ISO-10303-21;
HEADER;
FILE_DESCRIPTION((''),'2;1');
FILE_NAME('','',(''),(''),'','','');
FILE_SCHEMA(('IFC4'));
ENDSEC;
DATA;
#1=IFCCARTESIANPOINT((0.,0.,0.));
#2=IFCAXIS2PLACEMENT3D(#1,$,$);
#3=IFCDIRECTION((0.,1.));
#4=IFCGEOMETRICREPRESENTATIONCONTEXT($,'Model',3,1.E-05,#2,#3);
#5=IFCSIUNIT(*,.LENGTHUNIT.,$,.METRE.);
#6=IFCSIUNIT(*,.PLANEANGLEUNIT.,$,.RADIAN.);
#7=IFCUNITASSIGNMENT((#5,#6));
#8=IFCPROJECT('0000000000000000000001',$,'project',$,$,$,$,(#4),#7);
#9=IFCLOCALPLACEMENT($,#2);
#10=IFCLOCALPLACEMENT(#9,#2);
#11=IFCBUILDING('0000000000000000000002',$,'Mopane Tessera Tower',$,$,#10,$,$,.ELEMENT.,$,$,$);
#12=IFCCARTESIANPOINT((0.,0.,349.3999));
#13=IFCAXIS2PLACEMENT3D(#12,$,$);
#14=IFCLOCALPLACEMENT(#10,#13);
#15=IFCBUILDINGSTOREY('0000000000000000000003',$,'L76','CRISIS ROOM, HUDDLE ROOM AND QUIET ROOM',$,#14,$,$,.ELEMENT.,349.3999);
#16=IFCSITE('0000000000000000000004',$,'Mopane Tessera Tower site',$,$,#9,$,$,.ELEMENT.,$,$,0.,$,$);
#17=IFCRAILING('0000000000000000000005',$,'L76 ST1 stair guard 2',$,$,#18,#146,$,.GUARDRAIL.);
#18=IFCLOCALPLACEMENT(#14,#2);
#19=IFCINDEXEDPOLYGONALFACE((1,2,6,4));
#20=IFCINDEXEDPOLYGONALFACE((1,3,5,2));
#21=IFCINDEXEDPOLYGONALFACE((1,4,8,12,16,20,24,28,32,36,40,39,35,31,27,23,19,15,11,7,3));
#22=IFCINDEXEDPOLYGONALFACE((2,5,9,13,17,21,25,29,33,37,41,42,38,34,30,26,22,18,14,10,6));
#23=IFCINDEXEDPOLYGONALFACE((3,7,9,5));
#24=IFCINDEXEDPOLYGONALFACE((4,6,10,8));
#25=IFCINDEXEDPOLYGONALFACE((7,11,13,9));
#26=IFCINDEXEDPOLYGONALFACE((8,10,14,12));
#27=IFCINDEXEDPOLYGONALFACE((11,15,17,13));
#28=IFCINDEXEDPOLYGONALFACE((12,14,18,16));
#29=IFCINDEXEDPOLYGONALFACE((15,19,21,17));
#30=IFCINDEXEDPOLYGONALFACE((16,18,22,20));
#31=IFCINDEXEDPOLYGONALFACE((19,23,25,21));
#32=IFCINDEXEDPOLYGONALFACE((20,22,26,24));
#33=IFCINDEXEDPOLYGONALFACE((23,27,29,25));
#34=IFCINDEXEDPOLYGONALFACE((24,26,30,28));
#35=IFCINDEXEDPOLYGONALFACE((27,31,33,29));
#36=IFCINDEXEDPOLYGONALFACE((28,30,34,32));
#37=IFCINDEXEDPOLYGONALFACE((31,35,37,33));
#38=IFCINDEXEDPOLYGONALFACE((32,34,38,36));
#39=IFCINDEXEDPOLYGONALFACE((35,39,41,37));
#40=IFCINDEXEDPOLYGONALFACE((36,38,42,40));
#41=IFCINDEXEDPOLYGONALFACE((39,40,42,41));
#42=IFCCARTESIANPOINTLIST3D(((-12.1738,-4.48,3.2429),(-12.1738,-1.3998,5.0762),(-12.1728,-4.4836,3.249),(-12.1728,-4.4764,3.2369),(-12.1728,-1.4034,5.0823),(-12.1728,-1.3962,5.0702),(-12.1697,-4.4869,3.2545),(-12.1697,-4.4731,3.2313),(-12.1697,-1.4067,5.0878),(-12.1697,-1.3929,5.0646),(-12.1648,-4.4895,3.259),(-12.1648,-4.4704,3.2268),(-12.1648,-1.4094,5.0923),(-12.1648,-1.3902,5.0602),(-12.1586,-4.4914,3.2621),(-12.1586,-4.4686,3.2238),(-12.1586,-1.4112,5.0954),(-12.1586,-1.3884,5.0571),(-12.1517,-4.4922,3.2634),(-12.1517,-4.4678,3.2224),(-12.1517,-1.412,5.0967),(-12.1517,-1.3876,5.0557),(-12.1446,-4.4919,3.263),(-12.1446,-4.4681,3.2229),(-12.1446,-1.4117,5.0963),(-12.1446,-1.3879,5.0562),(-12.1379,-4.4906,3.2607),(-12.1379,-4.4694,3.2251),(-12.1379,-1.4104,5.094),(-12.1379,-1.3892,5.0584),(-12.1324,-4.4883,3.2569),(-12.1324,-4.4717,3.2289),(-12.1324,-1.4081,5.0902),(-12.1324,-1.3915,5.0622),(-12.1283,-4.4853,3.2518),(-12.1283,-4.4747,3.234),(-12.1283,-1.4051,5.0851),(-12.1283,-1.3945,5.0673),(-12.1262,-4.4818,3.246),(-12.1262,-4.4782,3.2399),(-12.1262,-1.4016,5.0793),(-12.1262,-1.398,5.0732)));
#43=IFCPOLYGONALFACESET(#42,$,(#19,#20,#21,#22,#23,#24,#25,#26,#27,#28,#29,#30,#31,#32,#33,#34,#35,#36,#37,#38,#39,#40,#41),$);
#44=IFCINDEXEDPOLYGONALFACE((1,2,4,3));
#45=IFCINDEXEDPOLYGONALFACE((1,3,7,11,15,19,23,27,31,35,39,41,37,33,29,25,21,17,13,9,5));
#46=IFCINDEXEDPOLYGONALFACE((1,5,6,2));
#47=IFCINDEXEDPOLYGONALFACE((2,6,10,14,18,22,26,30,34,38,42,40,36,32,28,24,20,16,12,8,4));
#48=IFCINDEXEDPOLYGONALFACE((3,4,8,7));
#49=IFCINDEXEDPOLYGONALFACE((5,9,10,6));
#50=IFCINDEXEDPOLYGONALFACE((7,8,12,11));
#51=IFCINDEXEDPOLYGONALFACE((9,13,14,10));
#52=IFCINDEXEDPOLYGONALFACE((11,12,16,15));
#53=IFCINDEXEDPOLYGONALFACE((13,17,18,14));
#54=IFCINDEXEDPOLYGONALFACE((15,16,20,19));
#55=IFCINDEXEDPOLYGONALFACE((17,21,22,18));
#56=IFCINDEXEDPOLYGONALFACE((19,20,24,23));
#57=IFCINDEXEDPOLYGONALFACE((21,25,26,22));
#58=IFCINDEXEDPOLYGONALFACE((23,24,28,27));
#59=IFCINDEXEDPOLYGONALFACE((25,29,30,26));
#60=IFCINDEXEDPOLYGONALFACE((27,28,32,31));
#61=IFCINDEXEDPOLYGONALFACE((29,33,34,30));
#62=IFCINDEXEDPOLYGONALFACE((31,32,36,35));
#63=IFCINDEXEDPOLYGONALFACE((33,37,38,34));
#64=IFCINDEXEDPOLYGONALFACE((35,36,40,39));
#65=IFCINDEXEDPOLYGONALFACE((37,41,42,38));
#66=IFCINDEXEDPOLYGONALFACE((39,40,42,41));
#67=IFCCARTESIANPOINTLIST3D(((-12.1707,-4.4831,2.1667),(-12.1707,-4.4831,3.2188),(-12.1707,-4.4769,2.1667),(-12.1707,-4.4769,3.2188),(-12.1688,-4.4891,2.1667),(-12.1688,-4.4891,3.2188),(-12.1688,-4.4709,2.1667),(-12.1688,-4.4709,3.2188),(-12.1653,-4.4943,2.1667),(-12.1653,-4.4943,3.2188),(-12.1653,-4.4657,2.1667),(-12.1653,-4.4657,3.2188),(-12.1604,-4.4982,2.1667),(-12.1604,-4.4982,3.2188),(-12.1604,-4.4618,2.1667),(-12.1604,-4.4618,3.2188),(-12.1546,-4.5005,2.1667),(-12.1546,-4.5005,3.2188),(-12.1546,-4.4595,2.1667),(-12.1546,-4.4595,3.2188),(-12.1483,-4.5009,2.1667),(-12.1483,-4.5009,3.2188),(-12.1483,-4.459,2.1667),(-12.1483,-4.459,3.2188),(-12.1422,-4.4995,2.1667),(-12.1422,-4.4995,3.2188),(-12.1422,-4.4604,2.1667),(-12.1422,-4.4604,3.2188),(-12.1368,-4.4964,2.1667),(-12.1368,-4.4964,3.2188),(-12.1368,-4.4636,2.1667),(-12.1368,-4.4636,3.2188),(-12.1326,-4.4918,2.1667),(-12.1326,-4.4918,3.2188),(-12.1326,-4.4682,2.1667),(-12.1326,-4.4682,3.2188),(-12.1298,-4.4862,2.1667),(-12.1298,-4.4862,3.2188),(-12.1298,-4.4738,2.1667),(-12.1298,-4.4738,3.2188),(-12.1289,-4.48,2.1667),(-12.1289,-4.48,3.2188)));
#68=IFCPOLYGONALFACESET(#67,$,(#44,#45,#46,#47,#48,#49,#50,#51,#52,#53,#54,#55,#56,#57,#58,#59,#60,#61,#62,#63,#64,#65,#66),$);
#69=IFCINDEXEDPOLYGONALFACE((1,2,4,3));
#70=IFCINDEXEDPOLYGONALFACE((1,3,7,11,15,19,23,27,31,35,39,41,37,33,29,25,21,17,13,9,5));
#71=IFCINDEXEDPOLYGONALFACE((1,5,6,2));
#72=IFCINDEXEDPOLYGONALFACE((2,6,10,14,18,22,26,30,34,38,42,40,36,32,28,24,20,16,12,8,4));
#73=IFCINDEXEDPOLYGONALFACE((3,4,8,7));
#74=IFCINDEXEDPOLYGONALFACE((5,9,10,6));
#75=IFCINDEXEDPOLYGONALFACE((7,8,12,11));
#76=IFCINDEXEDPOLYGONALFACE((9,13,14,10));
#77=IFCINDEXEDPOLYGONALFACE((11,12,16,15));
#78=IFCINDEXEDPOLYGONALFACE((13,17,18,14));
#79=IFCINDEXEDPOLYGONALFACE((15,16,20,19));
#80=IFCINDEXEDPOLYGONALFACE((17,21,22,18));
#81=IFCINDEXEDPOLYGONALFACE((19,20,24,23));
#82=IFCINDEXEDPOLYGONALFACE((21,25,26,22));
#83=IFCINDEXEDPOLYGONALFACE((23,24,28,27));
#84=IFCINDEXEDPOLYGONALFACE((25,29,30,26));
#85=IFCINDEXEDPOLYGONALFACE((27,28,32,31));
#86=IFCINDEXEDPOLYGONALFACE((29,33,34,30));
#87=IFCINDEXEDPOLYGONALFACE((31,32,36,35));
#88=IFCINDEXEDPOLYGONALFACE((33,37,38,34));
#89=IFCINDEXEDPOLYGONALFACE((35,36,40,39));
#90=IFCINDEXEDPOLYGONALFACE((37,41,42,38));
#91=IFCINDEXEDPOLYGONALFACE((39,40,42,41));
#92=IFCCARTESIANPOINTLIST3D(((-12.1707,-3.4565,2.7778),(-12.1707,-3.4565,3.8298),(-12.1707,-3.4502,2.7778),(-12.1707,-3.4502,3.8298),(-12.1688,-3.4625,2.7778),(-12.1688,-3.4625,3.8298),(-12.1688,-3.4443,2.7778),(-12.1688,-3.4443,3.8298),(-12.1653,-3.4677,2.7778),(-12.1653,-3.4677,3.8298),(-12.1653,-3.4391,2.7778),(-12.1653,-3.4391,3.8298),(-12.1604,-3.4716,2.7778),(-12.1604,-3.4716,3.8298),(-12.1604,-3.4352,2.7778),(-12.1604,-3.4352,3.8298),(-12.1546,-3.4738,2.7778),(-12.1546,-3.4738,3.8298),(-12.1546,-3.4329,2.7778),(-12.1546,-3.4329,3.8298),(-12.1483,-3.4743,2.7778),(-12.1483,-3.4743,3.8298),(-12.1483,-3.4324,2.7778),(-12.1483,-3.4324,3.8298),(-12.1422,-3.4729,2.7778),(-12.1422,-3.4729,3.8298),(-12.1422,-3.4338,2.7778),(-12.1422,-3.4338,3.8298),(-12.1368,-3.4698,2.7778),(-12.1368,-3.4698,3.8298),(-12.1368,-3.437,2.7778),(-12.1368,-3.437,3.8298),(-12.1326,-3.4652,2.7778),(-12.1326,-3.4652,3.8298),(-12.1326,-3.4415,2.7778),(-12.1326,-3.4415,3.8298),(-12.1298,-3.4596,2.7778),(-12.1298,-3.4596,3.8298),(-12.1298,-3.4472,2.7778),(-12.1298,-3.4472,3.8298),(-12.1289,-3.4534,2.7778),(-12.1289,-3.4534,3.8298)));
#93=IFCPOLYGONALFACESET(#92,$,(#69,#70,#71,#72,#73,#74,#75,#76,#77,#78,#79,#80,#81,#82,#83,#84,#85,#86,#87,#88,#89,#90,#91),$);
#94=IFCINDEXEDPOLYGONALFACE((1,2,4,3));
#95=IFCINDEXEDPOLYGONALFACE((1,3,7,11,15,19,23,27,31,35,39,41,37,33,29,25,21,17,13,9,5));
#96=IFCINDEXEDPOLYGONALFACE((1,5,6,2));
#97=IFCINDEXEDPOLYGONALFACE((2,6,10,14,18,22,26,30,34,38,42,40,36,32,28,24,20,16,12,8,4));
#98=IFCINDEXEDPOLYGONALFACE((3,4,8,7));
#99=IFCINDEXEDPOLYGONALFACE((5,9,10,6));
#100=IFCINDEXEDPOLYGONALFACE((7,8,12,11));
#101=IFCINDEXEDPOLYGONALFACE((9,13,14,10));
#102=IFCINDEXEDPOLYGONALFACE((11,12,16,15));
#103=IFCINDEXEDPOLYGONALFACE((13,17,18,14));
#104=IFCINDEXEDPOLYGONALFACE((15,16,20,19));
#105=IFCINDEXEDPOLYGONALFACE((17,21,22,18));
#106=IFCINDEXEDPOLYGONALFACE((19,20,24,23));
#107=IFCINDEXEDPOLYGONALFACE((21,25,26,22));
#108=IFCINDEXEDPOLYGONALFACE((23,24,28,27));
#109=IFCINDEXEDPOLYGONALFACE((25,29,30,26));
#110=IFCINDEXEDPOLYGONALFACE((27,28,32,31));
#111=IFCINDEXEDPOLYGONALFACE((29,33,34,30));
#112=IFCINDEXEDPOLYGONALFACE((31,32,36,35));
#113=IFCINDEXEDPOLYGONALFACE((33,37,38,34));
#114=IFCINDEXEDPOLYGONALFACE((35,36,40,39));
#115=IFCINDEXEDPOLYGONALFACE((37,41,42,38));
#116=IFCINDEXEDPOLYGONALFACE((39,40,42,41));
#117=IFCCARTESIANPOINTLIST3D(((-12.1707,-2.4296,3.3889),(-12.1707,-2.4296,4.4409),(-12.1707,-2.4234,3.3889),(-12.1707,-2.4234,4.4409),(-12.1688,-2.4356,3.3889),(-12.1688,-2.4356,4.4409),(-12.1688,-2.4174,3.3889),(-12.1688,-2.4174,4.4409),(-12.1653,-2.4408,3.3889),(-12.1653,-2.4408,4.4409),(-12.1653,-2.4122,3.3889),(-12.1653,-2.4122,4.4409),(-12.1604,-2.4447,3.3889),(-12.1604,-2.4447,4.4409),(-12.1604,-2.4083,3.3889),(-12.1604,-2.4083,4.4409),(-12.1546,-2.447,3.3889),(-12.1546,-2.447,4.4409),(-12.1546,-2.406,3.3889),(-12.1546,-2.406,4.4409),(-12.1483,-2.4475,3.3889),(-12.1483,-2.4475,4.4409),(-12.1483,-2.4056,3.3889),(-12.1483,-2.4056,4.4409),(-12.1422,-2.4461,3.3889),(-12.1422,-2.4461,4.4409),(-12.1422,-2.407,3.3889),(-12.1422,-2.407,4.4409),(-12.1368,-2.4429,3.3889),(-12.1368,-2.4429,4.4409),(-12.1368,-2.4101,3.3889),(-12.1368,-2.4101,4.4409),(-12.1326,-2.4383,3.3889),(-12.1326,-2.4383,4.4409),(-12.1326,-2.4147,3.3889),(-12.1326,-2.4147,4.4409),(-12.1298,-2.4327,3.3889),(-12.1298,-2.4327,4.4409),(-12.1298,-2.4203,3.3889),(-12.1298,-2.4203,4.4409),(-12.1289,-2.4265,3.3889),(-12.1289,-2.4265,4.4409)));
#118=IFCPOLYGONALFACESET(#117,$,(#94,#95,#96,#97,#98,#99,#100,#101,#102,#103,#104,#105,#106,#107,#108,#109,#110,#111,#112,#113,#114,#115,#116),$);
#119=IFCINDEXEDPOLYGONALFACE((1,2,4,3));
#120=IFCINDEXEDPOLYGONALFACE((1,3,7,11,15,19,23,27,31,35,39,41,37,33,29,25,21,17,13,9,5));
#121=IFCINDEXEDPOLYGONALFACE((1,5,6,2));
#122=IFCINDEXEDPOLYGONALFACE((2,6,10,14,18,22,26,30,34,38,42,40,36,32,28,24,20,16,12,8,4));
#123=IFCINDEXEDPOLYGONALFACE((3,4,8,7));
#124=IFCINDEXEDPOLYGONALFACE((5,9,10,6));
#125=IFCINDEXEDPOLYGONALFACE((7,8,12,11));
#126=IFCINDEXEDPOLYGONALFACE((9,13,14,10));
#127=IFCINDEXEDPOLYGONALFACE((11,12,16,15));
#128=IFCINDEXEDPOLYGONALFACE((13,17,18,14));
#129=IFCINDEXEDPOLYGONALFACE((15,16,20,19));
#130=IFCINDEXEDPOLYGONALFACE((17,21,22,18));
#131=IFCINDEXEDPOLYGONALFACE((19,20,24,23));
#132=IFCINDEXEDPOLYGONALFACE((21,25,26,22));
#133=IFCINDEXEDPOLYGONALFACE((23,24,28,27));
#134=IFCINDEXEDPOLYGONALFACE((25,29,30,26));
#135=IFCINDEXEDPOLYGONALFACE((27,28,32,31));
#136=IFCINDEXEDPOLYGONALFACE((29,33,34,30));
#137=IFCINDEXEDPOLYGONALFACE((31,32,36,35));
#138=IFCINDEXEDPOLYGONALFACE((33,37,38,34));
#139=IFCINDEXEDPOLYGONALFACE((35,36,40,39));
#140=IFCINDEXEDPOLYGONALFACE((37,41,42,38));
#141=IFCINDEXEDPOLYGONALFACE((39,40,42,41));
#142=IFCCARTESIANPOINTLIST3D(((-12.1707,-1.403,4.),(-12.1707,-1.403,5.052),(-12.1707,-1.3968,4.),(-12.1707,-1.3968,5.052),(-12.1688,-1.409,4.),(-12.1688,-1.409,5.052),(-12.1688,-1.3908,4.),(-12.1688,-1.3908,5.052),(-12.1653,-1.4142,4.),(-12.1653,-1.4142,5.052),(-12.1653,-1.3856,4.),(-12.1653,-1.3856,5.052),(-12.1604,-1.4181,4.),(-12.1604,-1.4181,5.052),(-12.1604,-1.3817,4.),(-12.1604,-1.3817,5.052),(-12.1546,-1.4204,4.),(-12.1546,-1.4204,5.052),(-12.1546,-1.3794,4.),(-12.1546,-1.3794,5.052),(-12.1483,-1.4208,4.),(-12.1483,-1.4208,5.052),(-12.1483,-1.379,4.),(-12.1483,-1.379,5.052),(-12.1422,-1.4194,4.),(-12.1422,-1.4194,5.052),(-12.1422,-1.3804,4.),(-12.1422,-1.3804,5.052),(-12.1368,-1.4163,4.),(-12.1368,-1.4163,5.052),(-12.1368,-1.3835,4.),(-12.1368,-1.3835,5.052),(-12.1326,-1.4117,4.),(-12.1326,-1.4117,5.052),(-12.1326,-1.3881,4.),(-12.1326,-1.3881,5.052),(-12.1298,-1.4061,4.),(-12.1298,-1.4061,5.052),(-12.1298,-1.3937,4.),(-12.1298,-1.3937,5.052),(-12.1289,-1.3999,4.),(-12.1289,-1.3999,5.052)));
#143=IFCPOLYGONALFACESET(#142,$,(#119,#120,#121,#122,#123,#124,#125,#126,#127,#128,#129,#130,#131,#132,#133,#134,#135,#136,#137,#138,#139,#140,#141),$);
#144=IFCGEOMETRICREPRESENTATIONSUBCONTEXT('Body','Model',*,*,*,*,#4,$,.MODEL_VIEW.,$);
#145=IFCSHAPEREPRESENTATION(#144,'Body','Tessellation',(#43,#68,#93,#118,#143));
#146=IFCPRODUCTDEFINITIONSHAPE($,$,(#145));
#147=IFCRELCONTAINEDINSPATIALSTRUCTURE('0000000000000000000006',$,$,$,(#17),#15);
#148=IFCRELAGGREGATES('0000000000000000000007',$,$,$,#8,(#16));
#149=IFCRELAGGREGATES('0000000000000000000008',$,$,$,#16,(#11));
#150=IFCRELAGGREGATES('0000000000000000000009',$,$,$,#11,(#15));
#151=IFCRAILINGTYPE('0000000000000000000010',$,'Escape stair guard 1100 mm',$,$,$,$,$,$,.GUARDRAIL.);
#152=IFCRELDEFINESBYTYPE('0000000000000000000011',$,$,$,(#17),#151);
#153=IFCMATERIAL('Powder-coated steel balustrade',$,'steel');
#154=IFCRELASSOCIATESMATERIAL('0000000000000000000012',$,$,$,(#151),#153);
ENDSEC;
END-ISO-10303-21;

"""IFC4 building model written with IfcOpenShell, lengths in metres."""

from ifc_helpers import new_model, si_unit, direction, frame, origin, origin_2d, place, context, subcontext, project, spatial, circle, extrude, material, type_object, element, save


model = new_model("IFC4")

# Units and contexts
model_context = context("Model", 3, precision=1e-05, world=origin(), true_north=direction((0.0, 1.0)))
body_context = subcontext(model_context, "Body", "Model", "MODEL_VIEW")
ifc_project = project(units=[si_unit("LENGTHUNIT", "METRE"), si_unit("PLANEANGLEUNIT", "RADIAN")], contexts=[model_context])

# Site, building, storey
site_placement = place(None, origin())
site = spatial("IfcSite", under=ifc_project, at=site_placement, Name="Mopane Tessera Tower site", CompositionType="ELEMENT", RefElevation=0.0)
building_placement = place(site_placement, origin())
building = spatial("IfcBuilding", under=site, at=building_placement, Name="Mopane Tessera Tower", CompositionType="ELEMENT")
storey_placement = place(building_placement, frame((0.0, 0.0, 349.3999)))
storey = spatial("IfcBuildingStorey", under=building, at=storey_placement, Name="L76", Description="CRISIS ROOM, HUDDLE ROOM AND QUIET ROOM", CompositionType="ELEMENT", Elevation=349.3999)

# Railing
ifc_material_1 = material(Name="Powder-coated steel balustrade", Category="steel")
railing_type_1 = type_object("IfcRailingType", Name="Escape stair guard 1100 mm", PredefinedType="GUARDRAIL", material=ifc_material_1)
railing_1_placement = place(storey_placement, frame((-12.1499, -4.48, 2.1667)))
element("IfcRailing", 1, at=railing_1_placement, inside=storey, type_object=railing_type_1, Name="L76 ST1 stair guard 2", PredefinedType="GUARDRAIL", context=body_context, shape_type="SweptSolid", body=[
    extrude(circle(Radius=0.0239, at=origin_2d()), frame((0.0, 0.0, 1.0762), z_axis=(0.0, 0.859309, 0.511458), x_axis=(-1.0, 0.0, 0.0)), (0.0, 0.0, 1.0), 3.5845),
    extrude(circle(Radius=0.021, at=origin_2d()), origin(), (0.0, 0.0, 1.0), 1.052),
    extrude(circle(Radius=0.021, at=origin_2d()), frame((0.0, 1.0266, 0.6111)), (0.0, 0.0, 1.0), 1.052),
    extrude(circle(Radius=0.021, at=origin_2d()), frame((0.0, 2.0535, 1.2222)), (0.0, 0.0, 1.0), 1.052),
    extrude(circle(Radius=0.021, at=origin_2d()), frame((0.0, 3.0801, 1.8333)), (0.0, 0.0, 1.0), 1.052),
])

save(model, "model.ifc")
